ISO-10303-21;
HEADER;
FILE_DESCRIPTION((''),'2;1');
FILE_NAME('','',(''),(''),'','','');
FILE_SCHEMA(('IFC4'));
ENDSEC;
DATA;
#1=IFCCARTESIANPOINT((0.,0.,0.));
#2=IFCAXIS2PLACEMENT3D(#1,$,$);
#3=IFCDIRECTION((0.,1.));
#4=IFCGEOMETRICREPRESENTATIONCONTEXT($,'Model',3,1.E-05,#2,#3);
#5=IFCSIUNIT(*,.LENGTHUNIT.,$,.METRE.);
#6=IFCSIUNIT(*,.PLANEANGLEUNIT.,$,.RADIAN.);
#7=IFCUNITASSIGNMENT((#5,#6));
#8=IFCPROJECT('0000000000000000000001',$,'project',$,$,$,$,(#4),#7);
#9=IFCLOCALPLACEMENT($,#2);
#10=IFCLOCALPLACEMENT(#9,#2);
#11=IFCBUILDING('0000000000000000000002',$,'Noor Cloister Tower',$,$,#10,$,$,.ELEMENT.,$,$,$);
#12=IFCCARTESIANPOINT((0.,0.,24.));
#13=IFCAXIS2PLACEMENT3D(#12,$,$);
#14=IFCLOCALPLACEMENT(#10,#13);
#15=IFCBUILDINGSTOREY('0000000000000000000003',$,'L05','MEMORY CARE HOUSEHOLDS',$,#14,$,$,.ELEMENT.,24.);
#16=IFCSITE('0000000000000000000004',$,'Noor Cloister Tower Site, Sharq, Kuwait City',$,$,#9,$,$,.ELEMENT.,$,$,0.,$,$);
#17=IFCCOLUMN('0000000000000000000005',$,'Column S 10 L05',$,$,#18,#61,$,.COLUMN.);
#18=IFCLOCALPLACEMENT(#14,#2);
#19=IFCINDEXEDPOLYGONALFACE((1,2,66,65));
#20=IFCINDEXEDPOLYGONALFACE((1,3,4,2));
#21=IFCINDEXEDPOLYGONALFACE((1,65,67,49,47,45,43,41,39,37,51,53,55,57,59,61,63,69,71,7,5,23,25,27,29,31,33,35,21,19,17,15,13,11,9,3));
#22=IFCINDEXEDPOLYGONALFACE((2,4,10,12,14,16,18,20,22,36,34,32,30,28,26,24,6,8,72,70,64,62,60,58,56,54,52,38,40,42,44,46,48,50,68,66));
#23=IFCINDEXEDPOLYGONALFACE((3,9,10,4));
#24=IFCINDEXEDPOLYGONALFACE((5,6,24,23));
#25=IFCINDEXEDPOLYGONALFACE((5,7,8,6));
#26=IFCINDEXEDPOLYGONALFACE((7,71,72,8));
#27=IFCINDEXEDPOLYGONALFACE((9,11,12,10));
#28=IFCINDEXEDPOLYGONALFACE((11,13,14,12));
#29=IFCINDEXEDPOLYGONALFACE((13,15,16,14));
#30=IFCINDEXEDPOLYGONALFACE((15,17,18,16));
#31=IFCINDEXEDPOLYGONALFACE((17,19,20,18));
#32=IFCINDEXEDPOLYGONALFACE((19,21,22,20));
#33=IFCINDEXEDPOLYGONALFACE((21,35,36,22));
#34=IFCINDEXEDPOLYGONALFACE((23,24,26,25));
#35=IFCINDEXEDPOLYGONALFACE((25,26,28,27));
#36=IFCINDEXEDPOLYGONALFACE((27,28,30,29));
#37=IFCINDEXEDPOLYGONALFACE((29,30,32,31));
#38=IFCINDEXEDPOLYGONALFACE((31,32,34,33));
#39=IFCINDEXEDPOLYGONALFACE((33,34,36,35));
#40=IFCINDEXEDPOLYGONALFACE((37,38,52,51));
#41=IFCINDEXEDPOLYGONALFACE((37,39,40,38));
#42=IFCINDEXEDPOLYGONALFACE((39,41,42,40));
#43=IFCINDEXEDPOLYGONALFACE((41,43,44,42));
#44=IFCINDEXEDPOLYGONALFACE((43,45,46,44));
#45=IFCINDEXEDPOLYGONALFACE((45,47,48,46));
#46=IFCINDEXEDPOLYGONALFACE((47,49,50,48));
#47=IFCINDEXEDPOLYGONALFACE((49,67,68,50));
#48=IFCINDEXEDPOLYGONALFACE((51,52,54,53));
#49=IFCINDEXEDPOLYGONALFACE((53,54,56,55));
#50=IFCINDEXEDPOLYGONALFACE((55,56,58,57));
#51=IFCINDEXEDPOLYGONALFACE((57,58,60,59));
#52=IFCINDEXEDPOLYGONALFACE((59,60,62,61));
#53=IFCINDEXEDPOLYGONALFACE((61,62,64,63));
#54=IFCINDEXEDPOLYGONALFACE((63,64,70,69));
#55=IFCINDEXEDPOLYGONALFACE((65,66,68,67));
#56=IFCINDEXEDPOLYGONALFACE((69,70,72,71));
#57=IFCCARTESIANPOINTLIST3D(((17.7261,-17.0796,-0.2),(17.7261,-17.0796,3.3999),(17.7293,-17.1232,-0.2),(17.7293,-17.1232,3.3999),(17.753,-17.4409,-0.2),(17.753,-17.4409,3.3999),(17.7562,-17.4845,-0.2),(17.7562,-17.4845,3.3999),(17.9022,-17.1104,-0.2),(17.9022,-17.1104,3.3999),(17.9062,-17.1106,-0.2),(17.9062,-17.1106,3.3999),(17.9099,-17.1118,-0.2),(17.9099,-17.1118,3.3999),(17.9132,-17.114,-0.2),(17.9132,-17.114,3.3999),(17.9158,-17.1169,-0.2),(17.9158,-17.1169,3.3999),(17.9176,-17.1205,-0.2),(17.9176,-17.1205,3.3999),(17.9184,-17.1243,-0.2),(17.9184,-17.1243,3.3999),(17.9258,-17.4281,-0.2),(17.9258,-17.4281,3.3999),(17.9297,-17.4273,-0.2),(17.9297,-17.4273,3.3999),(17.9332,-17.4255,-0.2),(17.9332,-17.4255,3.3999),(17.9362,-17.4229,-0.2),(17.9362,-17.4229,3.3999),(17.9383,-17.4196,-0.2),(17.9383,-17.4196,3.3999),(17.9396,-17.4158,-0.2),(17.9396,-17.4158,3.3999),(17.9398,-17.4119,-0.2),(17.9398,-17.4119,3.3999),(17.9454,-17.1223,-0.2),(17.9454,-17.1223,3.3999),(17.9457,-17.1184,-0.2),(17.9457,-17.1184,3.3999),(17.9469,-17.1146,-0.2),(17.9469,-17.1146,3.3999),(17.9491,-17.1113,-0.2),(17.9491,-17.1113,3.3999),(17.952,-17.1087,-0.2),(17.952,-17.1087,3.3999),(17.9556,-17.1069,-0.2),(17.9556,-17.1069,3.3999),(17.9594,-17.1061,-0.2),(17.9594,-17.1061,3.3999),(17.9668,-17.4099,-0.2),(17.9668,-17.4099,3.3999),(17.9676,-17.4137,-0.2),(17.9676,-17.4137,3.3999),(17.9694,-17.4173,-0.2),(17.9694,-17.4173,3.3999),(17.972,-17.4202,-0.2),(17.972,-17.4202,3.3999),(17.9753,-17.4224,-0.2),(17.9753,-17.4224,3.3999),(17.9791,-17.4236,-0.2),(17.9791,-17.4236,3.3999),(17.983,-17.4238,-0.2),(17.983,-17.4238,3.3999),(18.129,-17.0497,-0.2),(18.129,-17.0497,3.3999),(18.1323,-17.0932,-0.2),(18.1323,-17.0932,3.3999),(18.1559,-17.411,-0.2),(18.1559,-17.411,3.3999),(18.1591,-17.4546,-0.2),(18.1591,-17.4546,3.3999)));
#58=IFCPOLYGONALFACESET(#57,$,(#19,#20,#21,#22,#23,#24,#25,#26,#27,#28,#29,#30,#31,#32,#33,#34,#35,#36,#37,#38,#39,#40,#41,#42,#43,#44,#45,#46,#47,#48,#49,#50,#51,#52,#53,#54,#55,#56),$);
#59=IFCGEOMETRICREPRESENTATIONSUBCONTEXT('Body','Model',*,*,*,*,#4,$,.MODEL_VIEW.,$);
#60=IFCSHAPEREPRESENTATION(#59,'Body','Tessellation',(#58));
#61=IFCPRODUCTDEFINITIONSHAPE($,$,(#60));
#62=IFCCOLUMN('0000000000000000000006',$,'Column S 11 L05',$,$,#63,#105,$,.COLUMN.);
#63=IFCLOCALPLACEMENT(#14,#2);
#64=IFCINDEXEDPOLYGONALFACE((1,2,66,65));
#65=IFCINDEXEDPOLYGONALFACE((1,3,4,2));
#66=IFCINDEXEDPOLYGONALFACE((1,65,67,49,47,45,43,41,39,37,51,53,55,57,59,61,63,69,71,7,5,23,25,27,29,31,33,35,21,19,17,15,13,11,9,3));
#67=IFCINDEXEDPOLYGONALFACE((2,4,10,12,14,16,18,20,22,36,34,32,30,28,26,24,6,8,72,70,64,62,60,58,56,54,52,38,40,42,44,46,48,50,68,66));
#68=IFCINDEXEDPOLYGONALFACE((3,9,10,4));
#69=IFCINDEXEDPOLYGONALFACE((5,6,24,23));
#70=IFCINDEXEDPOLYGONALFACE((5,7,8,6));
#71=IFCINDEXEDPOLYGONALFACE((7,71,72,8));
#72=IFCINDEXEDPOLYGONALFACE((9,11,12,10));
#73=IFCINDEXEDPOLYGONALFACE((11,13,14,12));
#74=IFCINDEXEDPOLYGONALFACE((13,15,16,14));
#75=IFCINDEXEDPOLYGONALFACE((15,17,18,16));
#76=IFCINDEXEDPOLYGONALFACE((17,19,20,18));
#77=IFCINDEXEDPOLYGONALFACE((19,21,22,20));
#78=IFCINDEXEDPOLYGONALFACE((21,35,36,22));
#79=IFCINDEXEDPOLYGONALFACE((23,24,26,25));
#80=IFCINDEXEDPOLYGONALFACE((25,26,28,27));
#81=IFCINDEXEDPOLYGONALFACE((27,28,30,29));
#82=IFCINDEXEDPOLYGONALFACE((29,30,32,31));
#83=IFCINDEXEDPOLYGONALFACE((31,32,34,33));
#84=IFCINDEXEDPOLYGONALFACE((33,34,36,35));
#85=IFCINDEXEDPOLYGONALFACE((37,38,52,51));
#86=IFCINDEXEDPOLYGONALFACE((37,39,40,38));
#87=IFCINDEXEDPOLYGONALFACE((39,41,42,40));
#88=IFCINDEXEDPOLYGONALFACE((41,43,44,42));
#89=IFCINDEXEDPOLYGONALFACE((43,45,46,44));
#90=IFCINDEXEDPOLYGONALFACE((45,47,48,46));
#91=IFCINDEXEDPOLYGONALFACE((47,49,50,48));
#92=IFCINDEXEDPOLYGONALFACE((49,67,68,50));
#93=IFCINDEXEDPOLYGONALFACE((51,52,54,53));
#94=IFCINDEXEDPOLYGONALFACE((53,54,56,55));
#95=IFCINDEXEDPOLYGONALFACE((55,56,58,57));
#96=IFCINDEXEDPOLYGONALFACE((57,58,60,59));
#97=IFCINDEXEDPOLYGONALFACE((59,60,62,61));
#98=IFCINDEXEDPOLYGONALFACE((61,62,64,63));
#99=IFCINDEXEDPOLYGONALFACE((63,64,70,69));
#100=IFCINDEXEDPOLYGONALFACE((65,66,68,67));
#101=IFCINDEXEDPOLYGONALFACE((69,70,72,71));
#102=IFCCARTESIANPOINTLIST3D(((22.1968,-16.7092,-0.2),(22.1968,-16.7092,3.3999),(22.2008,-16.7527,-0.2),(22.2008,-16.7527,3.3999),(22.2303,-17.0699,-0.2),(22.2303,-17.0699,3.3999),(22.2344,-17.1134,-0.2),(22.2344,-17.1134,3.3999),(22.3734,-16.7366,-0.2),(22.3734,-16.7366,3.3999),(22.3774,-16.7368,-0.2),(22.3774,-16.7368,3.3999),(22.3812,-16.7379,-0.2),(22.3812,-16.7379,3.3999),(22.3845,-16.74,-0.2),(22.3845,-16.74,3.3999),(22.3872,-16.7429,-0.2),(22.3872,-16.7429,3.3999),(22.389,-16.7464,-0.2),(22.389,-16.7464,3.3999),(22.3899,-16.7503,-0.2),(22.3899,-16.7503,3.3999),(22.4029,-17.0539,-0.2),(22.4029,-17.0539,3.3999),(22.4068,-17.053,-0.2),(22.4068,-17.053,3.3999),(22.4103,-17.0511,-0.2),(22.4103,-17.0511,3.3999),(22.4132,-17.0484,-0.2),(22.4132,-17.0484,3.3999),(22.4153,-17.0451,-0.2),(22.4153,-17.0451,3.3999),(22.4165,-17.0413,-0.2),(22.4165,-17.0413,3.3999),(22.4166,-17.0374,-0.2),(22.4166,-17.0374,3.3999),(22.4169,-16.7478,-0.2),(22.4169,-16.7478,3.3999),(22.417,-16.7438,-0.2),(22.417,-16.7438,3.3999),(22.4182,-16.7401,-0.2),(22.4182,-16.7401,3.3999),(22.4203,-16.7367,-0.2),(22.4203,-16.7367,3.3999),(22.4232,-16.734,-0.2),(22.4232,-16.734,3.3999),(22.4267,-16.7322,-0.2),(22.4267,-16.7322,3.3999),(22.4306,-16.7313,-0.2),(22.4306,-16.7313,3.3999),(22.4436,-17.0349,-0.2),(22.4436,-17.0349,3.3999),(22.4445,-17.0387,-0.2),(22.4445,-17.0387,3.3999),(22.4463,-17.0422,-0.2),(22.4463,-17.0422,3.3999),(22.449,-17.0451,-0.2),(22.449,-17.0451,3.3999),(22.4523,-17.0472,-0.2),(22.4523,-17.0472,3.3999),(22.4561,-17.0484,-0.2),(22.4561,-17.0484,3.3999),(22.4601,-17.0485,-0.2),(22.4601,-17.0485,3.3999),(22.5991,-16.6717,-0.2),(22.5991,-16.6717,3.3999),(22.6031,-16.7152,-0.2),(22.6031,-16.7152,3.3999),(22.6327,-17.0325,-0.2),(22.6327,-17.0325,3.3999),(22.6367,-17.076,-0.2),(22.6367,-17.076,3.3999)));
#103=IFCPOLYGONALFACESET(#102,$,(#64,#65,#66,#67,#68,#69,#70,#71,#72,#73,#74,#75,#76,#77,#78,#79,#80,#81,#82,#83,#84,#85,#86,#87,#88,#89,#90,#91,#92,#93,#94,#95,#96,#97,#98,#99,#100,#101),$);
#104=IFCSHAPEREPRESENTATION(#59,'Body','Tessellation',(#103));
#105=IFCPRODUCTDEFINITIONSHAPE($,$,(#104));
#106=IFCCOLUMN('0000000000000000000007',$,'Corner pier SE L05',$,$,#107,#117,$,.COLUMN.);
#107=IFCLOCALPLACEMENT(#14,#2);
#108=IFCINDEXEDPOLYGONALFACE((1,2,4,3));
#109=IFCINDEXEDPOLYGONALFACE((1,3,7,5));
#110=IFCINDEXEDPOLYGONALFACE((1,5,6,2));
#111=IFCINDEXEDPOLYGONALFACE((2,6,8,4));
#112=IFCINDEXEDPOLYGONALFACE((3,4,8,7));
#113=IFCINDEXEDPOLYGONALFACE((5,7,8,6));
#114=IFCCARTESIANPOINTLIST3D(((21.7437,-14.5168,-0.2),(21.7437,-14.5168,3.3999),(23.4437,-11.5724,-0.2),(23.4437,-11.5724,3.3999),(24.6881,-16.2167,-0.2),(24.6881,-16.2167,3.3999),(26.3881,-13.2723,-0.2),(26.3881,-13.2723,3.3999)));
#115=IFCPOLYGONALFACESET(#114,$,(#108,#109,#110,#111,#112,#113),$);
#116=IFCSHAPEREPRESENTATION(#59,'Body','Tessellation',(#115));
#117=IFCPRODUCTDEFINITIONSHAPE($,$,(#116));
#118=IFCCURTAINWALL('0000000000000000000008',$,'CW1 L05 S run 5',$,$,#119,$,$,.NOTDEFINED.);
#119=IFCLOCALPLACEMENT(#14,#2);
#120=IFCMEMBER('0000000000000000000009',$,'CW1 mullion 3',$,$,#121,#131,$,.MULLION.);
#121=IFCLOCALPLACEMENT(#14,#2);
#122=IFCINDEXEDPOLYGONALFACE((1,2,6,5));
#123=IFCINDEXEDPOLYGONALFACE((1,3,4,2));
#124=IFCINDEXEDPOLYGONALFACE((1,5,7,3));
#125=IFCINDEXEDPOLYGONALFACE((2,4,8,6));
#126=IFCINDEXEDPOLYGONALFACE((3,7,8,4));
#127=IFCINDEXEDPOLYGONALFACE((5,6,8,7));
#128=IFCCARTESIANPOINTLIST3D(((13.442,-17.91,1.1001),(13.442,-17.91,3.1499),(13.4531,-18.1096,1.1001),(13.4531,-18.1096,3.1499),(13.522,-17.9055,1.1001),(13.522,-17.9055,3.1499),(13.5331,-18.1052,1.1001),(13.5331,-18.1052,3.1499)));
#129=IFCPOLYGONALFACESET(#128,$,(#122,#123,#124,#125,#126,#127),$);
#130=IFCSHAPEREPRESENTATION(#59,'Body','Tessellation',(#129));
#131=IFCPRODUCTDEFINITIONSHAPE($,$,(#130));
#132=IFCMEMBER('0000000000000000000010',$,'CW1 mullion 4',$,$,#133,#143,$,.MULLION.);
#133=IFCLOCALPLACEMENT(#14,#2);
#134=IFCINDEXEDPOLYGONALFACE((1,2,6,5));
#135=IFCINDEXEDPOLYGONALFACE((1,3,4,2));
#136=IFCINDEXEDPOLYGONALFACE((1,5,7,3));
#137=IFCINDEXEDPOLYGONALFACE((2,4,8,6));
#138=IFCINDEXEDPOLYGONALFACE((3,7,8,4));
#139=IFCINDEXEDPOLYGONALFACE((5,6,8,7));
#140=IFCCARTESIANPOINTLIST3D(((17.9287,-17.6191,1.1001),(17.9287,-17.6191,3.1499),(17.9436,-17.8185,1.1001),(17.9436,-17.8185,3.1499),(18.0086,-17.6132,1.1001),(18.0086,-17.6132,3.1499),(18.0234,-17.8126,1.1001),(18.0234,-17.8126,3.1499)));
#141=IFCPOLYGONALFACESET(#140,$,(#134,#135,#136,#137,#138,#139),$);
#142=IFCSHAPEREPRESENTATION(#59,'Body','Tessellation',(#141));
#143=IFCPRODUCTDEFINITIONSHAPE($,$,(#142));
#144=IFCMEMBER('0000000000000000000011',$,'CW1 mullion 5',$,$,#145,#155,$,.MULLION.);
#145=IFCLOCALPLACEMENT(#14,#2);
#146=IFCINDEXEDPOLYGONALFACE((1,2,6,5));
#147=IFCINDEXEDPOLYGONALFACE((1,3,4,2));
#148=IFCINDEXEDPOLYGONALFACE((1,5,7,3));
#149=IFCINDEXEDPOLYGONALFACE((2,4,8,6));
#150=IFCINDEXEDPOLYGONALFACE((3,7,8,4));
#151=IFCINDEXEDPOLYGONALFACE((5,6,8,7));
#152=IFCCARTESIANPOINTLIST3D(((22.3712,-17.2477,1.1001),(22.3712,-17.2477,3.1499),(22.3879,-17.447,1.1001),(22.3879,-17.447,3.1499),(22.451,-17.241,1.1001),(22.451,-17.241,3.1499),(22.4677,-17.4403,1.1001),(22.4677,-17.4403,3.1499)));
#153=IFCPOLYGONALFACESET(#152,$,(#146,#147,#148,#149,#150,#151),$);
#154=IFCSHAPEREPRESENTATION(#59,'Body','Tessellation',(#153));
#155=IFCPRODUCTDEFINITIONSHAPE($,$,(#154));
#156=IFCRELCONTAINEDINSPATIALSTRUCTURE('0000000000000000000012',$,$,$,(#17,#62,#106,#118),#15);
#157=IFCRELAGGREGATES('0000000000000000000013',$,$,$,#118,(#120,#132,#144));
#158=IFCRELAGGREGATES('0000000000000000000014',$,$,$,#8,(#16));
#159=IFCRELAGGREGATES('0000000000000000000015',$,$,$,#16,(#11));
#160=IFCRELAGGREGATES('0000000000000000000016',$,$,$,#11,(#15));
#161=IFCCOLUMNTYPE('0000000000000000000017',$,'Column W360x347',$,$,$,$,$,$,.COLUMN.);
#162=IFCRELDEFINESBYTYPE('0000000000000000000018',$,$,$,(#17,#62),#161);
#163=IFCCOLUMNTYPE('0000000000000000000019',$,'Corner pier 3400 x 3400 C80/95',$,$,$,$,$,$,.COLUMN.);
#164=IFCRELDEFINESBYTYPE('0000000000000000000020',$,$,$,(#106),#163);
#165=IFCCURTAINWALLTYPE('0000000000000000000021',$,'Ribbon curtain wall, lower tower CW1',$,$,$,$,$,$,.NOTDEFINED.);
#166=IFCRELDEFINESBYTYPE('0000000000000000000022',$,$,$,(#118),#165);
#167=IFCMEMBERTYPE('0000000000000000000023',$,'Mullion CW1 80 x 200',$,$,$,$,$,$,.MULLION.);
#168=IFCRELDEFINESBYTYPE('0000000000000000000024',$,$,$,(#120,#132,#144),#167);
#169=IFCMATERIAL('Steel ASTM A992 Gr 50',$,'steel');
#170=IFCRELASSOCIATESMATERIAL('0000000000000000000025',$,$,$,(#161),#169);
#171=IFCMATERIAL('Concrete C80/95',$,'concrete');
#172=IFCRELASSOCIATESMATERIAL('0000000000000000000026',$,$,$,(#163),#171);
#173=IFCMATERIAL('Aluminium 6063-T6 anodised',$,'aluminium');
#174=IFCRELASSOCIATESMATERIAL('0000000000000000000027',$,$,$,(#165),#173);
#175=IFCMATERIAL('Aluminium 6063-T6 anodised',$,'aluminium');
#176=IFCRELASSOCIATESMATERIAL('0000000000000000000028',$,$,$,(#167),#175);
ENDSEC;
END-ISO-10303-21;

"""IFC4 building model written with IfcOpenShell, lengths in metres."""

from ifc_helpers import new_model, si_unit, direction, frame, origin, origin_2d, place, context, subcontext, project, spatial, rectangle, i_section, extrude, material, material_profile, profile_set, type_object, element, aggregate, save


model = new_model("IFC4")

# Units and contexts
model_context = context("Model", 3, precision=1e-05, world=origin(), true_north=direction((0.0, 1.0)))
body_context = subcontext(model_context, "Body", "Model", "MODEL_VIEW")
ifc_project = project(units=[si_unit("LENGTHUNIT", "METRE"), si_unit("PLANEANGLEUNIT", "RADIAN")], contexts=[model_context])

# Site, building, storey
site_placement = place(None, origin())
site = spatial("IfcSite", under=ifc_project, at=site_placement, Name="Noor Cloister Tower Site, Sharq, Kuwait City", CompositionType="ELEMENT", RefElevation=0.0)
building_placement = place(site_placement, origin())
building = spatial("IfcBuilding", under=site, at=building_placement, Name="Noor Cloister Tower", CompositionType="ELEMENT")
storey_placement = place(building_placement, frame((0.0, 0.0, 24.0)))
storey = spatial("IfcBuildingStorey", under=building, at=storey_placement, Name="L05", Description="MEMORY CARE HOUSEHOLDS", CompositionType="ELEMENT", Elevation=24.0)

# Columns
ifc_material_1 = material(Name="Steel ASTM A992 Gr 50", Category="steel")
ifc_material_profile_1 = material_profile(ifc_material_1, i_section(OverallWidth=0.4041, OverallDepth=0.406, WebThickness=0.0271, FlangeThickness=0.0437, FilletRadius=0.0151, at=origin_2d()), Name="W360x347")
ifc_profile_set_1 = profile_set([ifc_material_profile_1], Name="Steel ASTM A992 Gr 50")
column_type_1 = type_object("IfcColumnType", Name="Column W360x347", PredefinedType="COLUMN", material=ifc_profile_set_1)
for number, where, z_axis, x_axis, name in (
    (1, (17.9426, -17.2671, -0.2), (0.0, 0.0, 1.0), (0.997247, 0.074147, 0.0), "Column S 10 L05"),
    (2, (22.4167, -16.8926, -0.2), (0.0, 0.0, 1.0), (0.9957, 0.092636, 0.0), "Column S 11 L05"),
):
    element("IfcColumn", number, at=place(storey_placement, frame(where, z_axis=z_axis, x_axis=x_axis)), inside=storey, type_object=column_type_1, Name=name, PredefinedType="COLUMN", context=body_context, shape_type="SweptSolid", body=[
        extrude(i_section(OverallWidth=0.4041, OverallDepth=0.406, WebThickness=0.0271, FlangeThickness=0.0437, FilletRadius=0.0151, at=origin_2d()), origin(), (0.0, 0.0, 1.0), 3.5999),
    ])
ifc_material_2 = material(Name="Concrete C80/95", Category="concrete")
ifc_material_profile_2 = material_profile(ifc_material_2, rectangle(XDim=3.3999, YDim=3.3999, at=origin_2d()), Name="RC 3400x3400")
ifc_profile_set_2 = profile_set([ifc_material_profile_2], Name="Concrete C80/95")
column_type_2 = type_object("IfcColumnType", Name="Corner pier 3400 x 3400 C80/95", PredefinedType="COLUMN", material=ifc_profile_set_2)
column_placement = place(storey_placement, frame((24.0659, -13.8945, -0.2), z_axis=(0.0, 0.0, 1.0), x_axis=(0.866025, -0.5, 0.0)))
element("IfcColumn", 3, at=column_placement, inside=storey, type_object=column_type_2, Name="Corner pier SE L05", PredefinedType="COLUMN", context=body_context, shape_type="SweptSolid", body=[
    extrude(rectangle(XDim=3.3999, YDim=3.3999, at=origin_2d()), origin(), (0.0, 0.0, 1.0), 3.5999),
])

# Curtain wall, members
ifc_material_3 = material(Name="Aluminium 6063-T6 anodised", Category="aluminium")
curtain_wall_type = type_object("IfcCurtainWallType", Name="Ribbon curtain wall, lower tower CW1", PredefinedType="NOTDEFINED", material=ifc_material_3)
curtain_wall_placement = place(storey_placement, origin())
curtain_wall = element("IfcCurtainWall", 4, at=curtain_wall_placement, inside=storey, type_object=curtain_wall_type, Name="CW1 L05 S run 5", PredefinedType="NOTDEFINED")
ifc_material_4 = material(Name="Aluminium 6063-T6 anodised", Category="aluminium")
ifc_material_profile_3 = material_profile(ifc_material_4, rectangle(XDim=0.2, YDim=0.0801, at=origin_2d()), Name="200 x 80 mullion")
ifc_profile_set_3 = profile_set([ifc_material_profile_3], Name="Aluminium 6063-T6 anodised")
member_type = type_object("IfcMemberType", Name="Mullion CW1 80 x 200", PredefinedType="MULLION", material=ifc_profile_set_3)
member_1_placement = place(storey_placement, frame((13.4875, -18.0076, 1.1001), z_axis=(0.0, 0.0, 1.0), x_axis=(-0.055633, 0.998451, 0.0)))
member_1 = element("IfcMember", 5, at=member_1_placement, type_object=member_type, Name="CW1 mullion 3", PredefinedType="MULLION", context=body_context, shape_type="SweptSolid", body=[
    extrude(rectangle(XDim=0.2, YDim=0.0801, at=origin_2d()), origin(), (0.0, 0.0, 1.0), 2.0498),
])
member_2_placement = place(storey_placement, frame((17.9761, -17.7158, 1.1001), z_axis=(0.0, 0.0, 1.0), x_axis=(-0.074147, 0.997247, 0.0)))
member_2 = element("IfcMember", 6, at=member_2_placement, type_object=member_type, Name="CW1 mullion 4", PredefinedType="MULLION", context=body_context, shape_type="SweptSolid", body=[
    extrude(rectangle(XDim=0.2, YDim=0.0801, at=origin_2d()), origin(), (0.0, 0.0, 1.0), 2.0498),
])
member_3_placement = place(storey_placement, frame((22.4194, -17.344, 1.1001), z_axis=(0.0, 0.0, 1.0), x_axis=(-0.083396, 0.996517, 0.0)))
member_3 = element("IfcMember", 7, at=member_3_placement, type_object=member_type, Name="CW1 mullion 5", PredefinedType="MULLION", context=body_context, shape_type="SweptSolid", body=[
    extrude(rectangle(XDim=0.2, YDim=0.0801, at=origin_2d()), origin(), (0.0, 0.0, 1.0), 2.0498),
])

aggregate(curtain_wall, [member_1, member_2, member_3])

save(model, "model.ifc")
